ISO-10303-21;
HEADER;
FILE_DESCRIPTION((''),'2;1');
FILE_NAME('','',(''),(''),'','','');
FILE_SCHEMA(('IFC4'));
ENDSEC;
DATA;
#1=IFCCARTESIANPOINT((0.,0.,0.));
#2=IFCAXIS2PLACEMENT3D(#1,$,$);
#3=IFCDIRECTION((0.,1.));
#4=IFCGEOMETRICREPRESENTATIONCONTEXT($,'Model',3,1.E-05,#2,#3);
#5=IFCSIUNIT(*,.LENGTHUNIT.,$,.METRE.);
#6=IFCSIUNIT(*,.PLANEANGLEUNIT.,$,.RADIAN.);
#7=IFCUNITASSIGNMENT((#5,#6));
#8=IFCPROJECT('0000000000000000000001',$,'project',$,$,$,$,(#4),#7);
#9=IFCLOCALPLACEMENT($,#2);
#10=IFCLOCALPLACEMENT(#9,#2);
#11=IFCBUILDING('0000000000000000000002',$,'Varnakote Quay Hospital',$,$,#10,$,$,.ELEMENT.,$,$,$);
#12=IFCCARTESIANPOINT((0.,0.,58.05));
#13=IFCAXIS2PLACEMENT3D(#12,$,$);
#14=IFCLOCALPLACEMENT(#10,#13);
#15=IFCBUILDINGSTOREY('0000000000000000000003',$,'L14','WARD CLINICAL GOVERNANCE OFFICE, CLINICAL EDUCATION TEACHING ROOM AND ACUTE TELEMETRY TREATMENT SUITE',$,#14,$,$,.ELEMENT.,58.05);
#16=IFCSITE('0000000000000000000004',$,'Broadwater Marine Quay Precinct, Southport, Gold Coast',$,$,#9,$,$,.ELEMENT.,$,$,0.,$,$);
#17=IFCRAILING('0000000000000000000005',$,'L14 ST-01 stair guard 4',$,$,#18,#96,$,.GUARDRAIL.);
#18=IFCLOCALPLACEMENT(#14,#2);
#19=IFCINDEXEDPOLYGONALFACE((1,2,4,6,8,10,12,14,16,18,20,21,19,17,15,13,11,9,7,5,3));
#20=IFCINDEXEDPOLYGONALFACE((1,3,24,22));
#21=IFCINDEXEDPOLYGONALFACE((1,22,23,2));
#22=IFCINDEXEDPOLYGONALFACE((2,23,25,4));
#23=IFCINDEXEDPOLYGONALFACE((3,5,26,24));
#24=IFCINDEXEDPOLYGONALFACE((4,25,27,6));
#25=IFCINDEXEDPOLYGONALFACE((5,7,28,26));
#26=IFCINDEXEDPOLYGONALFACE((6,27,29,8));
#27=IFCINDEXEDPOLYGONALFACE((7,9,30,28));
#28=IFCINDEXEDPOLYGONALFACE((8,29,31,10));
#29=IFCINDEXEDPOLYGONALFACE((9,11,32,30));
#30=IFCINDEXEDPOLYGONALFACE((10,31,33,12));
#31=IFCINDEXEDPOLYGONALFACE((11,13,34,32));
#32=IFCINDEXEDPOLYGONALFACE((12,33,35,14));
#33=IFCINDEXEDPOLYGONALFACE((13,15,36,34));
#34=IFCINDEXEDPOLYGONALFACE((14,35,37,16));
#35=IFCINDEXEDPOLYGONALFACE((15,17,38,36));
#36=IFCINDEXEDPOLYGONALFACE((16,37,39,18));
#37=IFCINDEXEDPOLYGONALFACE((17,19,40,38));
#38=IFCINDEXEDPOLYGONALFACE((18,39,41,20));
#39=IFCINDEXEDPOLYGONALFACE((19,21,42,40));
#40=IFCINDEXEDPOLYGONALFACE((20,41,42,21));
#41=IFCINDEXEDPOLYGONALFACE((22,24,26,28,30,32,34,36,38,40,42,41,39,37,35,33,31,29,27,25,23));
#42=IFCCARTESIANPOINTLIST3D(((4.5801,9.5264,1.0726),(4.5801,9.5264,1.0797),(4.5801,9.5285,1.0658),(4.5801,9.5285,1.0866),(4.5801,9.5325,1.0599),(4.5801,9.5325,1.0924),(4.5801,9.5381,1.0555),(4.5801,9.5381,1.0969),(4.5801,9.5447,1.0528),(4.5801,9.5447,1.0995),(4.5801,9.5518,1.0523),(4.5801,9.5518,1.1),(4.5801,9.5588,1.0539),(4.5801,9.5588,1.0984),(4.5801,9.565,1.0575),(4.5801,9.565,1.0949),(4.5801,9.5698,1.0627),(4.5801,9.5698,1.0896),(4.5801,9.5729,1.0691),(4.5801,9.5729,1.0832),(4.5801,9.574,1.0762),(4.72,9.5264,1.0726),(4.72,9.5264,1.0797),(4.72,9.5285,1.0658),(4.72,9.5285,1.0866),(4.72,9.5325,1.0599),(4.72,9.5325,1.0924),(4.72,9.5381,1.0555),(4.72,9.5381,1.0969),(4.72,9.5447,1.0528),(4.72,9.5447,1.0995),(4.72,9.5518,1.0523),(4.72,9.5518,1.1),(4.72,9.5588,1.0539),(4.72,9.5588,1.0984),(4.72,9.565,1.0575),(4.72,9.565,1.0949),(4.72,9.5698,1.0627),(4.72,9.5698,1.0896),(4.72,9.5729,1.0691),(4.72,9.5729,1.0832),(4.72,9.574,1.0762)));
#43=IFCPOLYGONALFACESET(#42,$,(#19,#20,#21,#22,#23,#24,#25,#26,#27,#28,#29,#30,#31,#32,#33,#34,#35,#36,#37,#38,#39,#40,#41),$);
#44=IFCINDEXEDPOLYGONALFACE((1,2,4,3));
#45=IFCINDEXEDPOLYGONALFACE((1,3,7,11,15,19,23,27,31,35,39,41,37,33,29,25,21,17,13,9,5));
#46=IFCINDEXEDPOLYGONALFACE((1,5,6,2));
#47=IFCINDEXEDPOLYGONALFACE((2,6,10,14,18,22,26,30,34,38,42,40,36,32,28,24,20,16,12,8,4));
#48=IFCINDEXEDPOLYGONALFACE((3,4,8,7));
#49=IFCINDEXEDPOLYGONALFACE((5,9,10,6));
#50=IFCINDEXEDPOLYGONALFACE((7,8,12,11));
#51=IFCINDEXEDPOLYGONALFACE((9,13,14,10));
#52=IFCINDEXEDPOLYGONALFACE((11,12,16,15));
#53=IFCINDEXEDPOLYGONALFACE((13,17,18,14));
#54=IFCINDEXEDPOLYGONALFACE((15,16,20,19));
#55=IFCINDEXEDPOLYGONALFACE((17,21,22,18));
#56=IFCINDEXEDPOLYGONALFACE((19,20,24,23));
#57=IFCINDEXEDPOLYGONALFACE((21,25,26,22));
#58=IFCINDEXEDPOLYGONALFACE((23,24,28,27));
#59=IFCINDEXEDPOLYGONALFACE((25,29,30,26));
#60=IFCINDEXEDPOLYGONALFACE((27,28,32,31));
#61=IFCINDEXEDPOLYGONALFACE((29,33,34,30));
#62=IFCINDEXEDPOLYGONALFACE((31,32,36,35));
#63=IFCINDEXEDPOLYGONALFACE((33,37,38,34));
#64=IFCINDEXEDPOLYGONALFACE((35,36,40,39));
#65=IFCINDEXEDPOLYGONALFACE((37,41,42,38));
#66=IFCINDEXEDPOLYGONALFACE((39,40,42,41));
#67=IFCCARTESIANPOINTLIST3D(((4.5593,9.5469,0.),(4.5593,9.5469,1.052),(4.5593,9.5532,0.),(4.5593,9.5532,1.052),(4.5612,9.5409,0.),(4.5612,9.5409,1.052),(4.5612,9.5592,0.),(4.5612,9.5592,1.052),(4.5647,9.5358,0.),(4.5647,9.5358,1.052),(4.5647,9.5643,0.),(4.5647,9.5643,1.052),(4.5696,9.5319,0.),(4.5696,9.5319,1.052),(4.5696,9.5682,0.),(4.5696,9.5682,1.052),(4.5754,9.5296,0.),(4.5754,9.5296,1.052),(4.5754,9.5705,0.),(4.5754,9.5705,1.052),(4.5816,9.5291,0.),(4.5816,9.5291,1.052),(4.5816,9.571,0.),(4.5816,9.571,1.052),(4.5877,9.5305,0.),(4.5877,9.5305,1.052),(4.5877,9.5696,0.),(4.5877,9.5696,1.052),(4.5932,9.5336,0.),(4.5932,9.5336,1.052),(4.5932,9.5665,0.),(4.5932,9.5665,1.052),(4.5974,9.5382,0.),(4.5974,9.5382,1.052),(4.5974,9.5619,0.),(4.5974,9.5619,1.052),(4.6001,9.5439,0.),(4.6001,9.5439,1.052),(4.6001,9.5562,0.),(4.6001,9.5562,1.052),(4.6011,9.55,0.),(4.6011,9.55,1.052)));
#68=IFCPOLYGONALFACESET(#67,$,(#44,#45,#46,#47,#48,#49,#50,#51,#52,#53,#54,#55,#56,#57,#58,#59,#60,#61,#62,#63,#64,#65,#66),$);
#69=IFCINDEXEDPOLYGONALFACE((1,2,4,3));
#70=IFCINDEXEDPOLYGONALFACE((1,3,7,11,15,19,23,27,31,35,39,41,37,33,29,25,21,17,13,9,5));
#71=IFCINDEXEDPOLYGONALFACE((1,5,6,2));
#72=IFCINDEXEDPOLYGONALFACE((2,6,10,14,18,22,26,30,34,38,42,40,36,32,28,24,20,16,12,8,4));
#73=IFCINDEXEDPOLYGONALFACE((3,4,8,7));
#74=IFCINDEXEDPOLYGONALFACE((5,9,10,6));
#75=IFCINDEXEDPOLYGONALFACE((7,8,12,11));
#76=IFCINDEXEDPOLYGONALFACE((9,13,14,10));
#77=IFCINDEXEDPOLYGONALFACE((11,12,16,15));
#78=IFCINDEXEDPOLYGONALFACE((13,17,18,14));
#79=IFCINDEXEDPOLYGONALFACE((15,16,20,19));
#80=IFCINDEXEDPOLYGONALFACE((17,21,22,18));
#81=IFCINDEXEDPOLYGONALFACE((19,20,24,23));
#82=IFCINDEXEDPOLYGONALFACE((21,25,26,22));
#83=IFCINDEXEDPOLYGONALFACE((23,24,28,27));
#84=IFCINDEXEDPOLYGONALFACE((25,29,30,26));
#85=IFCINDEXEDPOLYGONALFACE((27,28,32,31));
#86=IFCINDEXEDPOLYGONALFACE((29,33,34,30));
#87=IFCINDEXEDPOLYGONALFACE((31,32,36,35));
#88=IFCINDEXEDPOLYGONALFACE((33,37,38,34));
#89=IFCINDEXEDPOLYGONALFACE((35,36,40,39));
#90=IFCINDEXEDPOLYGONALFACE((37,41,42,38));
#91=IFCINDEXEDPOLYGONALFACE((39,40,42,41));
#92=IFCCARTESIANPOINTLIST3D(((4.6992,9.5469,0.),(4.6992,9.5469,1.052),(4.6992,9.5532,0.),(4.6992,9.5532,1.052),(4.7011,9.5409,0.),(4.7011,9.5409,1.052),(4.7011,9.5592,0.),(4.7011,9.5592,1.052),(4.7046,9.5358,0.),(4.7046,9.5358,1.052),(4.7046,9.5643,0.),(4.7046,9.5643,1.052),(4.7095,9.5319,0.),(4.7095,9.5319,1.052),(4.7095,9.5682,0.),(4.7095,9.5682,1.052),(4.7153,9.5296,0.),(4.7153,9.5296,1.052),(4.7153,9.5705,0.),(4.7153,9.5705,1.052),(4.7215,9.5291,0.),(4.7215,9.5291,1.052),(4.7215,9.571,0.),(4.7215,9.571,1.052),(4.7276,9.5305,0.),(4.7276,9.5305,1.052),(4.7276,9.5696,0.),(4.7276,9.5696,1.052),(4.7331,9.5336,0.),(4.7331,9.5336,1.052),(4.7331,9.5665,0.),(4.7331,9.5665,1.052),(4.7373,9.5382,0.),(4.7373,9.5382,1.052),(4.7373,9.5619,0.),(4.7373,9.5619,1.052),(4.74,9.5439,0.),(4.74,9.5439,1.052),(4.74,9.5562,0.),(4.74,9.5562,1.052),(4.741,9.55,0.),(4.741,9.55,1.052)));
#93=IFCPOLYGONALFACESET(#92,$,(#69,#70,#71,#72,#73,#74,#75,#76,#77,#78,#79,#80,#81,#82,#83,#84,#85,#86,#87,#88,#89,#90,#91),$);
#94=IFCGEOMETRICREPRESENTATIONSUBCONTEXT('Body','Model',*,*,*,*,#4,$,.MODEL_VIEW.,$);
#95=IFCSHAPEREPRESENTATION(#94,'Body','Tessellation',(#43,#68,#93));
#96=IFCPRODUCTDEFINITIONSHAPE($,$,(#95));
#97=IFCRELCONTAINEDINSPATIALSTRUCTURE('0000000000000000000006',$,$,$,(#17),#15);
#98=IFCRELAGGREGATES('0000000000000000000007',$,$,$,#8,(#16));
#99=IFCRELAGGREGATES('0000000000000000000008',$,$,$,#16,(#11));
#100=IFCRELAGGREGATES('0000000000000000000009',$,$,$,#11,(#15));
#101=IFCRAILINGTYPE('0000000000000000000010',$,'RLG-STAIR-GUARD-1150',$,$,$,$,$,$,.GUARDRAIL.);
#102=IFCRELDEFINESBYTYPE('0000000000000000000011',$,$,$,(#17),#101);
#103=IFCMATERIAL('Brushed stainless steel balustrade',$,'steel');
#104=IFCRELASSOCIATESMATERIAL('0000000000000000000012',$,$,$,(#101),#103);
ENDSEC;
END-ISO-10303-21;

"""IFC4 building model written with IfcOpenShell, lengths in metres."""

from ifc_helpers import new_model, si_unit, direction, frame, origin, origin_2d, place, context, subcontext, project, spatial, circle, extrude, material, type_object, element, save


model = new_model("IFC4")

# Units and contexts
model_context = context("Model", 3, precision=1e-05, world=origin(), true_north=direction((0.0, 1.0)))
body_context = subcontext(model_context, "Body", "Model", "MODEL_VIEW")
ifc_project = project(units=[si_unit("LENGTHUNIT", "METRE"), si_unit("PLANEANGLEUNIT", "RADIAN")], contexts=[model_context])

# Site, building, storey
site_placement = place(None, origin())
site = spatial("IfcSite", under=ifc_project, at=site_placement, Name="Broadwater Marine Quay Precinct, Southport, Gold Coast", CompositionType="ELEMENT", RefElevation=0.0)
building_placement = place(site_placement, origin())
building = spatial("IfcBuilding", under=site, at=building_placement, Name="Varnakote Quay Hospital", CompositionType="ELEMENT")
storey_placement = place(building_placement, frame((0.0, 0.0, 58.05)))
storey = spatial("IfcBuildingStorey", under=building, at=storey_placement, Name="L14", Description="WARD CLINICAL GOVERNANCE OFFICE, CLINICAL EDUCATION TEACHING ROOM AND ACUTE TELEMETRY TREATMENT SUITE", CompositionType="ELEMENT", Elevation=58.05)

# Railing
ifc_material_1 = material(Name="Brushed stainless steel balustrade", Category="steel")
railing_type_1 = type_object("IfcRailingType", Name="RLG-STAIR-GUARD-1150", PredefinedType="GUARDRAIL", material=ifc_material_1)
railing_1_placement = place(storey_placement, frame((4.5801, 9.55, 0.0)))
element("IfcRailing", 1, at=railing_1_placement, inside=storey, type_object=railing_type_1, Name="L14 ST-01 stair guard 4", PredefinedType="GUARDRAIL", context=body_context, shape_type="SweptSolid", body=[
    extrude(circle(Radius=0.0239, at=origin_2d()), frame((0.0, 0.0, 1.0762), z_axis=(1.0, 0.0, 0.0), x_axis=(0.0, 1.0, 0.0)), (0.0, 0.0, 1.0), 0.1399),
    extrude(circle(Radius=0.021, at=origin_2d()), origin(), (0.0, 0.0, 1.0), 1.052),
    extrude(circle(Radius=0.021, at=origin_2d()), frame((0.1399, 0.0, 0.0)), (0.0, 0.0, 1.0), 1.052),
])

save(model, "model.ifc")
